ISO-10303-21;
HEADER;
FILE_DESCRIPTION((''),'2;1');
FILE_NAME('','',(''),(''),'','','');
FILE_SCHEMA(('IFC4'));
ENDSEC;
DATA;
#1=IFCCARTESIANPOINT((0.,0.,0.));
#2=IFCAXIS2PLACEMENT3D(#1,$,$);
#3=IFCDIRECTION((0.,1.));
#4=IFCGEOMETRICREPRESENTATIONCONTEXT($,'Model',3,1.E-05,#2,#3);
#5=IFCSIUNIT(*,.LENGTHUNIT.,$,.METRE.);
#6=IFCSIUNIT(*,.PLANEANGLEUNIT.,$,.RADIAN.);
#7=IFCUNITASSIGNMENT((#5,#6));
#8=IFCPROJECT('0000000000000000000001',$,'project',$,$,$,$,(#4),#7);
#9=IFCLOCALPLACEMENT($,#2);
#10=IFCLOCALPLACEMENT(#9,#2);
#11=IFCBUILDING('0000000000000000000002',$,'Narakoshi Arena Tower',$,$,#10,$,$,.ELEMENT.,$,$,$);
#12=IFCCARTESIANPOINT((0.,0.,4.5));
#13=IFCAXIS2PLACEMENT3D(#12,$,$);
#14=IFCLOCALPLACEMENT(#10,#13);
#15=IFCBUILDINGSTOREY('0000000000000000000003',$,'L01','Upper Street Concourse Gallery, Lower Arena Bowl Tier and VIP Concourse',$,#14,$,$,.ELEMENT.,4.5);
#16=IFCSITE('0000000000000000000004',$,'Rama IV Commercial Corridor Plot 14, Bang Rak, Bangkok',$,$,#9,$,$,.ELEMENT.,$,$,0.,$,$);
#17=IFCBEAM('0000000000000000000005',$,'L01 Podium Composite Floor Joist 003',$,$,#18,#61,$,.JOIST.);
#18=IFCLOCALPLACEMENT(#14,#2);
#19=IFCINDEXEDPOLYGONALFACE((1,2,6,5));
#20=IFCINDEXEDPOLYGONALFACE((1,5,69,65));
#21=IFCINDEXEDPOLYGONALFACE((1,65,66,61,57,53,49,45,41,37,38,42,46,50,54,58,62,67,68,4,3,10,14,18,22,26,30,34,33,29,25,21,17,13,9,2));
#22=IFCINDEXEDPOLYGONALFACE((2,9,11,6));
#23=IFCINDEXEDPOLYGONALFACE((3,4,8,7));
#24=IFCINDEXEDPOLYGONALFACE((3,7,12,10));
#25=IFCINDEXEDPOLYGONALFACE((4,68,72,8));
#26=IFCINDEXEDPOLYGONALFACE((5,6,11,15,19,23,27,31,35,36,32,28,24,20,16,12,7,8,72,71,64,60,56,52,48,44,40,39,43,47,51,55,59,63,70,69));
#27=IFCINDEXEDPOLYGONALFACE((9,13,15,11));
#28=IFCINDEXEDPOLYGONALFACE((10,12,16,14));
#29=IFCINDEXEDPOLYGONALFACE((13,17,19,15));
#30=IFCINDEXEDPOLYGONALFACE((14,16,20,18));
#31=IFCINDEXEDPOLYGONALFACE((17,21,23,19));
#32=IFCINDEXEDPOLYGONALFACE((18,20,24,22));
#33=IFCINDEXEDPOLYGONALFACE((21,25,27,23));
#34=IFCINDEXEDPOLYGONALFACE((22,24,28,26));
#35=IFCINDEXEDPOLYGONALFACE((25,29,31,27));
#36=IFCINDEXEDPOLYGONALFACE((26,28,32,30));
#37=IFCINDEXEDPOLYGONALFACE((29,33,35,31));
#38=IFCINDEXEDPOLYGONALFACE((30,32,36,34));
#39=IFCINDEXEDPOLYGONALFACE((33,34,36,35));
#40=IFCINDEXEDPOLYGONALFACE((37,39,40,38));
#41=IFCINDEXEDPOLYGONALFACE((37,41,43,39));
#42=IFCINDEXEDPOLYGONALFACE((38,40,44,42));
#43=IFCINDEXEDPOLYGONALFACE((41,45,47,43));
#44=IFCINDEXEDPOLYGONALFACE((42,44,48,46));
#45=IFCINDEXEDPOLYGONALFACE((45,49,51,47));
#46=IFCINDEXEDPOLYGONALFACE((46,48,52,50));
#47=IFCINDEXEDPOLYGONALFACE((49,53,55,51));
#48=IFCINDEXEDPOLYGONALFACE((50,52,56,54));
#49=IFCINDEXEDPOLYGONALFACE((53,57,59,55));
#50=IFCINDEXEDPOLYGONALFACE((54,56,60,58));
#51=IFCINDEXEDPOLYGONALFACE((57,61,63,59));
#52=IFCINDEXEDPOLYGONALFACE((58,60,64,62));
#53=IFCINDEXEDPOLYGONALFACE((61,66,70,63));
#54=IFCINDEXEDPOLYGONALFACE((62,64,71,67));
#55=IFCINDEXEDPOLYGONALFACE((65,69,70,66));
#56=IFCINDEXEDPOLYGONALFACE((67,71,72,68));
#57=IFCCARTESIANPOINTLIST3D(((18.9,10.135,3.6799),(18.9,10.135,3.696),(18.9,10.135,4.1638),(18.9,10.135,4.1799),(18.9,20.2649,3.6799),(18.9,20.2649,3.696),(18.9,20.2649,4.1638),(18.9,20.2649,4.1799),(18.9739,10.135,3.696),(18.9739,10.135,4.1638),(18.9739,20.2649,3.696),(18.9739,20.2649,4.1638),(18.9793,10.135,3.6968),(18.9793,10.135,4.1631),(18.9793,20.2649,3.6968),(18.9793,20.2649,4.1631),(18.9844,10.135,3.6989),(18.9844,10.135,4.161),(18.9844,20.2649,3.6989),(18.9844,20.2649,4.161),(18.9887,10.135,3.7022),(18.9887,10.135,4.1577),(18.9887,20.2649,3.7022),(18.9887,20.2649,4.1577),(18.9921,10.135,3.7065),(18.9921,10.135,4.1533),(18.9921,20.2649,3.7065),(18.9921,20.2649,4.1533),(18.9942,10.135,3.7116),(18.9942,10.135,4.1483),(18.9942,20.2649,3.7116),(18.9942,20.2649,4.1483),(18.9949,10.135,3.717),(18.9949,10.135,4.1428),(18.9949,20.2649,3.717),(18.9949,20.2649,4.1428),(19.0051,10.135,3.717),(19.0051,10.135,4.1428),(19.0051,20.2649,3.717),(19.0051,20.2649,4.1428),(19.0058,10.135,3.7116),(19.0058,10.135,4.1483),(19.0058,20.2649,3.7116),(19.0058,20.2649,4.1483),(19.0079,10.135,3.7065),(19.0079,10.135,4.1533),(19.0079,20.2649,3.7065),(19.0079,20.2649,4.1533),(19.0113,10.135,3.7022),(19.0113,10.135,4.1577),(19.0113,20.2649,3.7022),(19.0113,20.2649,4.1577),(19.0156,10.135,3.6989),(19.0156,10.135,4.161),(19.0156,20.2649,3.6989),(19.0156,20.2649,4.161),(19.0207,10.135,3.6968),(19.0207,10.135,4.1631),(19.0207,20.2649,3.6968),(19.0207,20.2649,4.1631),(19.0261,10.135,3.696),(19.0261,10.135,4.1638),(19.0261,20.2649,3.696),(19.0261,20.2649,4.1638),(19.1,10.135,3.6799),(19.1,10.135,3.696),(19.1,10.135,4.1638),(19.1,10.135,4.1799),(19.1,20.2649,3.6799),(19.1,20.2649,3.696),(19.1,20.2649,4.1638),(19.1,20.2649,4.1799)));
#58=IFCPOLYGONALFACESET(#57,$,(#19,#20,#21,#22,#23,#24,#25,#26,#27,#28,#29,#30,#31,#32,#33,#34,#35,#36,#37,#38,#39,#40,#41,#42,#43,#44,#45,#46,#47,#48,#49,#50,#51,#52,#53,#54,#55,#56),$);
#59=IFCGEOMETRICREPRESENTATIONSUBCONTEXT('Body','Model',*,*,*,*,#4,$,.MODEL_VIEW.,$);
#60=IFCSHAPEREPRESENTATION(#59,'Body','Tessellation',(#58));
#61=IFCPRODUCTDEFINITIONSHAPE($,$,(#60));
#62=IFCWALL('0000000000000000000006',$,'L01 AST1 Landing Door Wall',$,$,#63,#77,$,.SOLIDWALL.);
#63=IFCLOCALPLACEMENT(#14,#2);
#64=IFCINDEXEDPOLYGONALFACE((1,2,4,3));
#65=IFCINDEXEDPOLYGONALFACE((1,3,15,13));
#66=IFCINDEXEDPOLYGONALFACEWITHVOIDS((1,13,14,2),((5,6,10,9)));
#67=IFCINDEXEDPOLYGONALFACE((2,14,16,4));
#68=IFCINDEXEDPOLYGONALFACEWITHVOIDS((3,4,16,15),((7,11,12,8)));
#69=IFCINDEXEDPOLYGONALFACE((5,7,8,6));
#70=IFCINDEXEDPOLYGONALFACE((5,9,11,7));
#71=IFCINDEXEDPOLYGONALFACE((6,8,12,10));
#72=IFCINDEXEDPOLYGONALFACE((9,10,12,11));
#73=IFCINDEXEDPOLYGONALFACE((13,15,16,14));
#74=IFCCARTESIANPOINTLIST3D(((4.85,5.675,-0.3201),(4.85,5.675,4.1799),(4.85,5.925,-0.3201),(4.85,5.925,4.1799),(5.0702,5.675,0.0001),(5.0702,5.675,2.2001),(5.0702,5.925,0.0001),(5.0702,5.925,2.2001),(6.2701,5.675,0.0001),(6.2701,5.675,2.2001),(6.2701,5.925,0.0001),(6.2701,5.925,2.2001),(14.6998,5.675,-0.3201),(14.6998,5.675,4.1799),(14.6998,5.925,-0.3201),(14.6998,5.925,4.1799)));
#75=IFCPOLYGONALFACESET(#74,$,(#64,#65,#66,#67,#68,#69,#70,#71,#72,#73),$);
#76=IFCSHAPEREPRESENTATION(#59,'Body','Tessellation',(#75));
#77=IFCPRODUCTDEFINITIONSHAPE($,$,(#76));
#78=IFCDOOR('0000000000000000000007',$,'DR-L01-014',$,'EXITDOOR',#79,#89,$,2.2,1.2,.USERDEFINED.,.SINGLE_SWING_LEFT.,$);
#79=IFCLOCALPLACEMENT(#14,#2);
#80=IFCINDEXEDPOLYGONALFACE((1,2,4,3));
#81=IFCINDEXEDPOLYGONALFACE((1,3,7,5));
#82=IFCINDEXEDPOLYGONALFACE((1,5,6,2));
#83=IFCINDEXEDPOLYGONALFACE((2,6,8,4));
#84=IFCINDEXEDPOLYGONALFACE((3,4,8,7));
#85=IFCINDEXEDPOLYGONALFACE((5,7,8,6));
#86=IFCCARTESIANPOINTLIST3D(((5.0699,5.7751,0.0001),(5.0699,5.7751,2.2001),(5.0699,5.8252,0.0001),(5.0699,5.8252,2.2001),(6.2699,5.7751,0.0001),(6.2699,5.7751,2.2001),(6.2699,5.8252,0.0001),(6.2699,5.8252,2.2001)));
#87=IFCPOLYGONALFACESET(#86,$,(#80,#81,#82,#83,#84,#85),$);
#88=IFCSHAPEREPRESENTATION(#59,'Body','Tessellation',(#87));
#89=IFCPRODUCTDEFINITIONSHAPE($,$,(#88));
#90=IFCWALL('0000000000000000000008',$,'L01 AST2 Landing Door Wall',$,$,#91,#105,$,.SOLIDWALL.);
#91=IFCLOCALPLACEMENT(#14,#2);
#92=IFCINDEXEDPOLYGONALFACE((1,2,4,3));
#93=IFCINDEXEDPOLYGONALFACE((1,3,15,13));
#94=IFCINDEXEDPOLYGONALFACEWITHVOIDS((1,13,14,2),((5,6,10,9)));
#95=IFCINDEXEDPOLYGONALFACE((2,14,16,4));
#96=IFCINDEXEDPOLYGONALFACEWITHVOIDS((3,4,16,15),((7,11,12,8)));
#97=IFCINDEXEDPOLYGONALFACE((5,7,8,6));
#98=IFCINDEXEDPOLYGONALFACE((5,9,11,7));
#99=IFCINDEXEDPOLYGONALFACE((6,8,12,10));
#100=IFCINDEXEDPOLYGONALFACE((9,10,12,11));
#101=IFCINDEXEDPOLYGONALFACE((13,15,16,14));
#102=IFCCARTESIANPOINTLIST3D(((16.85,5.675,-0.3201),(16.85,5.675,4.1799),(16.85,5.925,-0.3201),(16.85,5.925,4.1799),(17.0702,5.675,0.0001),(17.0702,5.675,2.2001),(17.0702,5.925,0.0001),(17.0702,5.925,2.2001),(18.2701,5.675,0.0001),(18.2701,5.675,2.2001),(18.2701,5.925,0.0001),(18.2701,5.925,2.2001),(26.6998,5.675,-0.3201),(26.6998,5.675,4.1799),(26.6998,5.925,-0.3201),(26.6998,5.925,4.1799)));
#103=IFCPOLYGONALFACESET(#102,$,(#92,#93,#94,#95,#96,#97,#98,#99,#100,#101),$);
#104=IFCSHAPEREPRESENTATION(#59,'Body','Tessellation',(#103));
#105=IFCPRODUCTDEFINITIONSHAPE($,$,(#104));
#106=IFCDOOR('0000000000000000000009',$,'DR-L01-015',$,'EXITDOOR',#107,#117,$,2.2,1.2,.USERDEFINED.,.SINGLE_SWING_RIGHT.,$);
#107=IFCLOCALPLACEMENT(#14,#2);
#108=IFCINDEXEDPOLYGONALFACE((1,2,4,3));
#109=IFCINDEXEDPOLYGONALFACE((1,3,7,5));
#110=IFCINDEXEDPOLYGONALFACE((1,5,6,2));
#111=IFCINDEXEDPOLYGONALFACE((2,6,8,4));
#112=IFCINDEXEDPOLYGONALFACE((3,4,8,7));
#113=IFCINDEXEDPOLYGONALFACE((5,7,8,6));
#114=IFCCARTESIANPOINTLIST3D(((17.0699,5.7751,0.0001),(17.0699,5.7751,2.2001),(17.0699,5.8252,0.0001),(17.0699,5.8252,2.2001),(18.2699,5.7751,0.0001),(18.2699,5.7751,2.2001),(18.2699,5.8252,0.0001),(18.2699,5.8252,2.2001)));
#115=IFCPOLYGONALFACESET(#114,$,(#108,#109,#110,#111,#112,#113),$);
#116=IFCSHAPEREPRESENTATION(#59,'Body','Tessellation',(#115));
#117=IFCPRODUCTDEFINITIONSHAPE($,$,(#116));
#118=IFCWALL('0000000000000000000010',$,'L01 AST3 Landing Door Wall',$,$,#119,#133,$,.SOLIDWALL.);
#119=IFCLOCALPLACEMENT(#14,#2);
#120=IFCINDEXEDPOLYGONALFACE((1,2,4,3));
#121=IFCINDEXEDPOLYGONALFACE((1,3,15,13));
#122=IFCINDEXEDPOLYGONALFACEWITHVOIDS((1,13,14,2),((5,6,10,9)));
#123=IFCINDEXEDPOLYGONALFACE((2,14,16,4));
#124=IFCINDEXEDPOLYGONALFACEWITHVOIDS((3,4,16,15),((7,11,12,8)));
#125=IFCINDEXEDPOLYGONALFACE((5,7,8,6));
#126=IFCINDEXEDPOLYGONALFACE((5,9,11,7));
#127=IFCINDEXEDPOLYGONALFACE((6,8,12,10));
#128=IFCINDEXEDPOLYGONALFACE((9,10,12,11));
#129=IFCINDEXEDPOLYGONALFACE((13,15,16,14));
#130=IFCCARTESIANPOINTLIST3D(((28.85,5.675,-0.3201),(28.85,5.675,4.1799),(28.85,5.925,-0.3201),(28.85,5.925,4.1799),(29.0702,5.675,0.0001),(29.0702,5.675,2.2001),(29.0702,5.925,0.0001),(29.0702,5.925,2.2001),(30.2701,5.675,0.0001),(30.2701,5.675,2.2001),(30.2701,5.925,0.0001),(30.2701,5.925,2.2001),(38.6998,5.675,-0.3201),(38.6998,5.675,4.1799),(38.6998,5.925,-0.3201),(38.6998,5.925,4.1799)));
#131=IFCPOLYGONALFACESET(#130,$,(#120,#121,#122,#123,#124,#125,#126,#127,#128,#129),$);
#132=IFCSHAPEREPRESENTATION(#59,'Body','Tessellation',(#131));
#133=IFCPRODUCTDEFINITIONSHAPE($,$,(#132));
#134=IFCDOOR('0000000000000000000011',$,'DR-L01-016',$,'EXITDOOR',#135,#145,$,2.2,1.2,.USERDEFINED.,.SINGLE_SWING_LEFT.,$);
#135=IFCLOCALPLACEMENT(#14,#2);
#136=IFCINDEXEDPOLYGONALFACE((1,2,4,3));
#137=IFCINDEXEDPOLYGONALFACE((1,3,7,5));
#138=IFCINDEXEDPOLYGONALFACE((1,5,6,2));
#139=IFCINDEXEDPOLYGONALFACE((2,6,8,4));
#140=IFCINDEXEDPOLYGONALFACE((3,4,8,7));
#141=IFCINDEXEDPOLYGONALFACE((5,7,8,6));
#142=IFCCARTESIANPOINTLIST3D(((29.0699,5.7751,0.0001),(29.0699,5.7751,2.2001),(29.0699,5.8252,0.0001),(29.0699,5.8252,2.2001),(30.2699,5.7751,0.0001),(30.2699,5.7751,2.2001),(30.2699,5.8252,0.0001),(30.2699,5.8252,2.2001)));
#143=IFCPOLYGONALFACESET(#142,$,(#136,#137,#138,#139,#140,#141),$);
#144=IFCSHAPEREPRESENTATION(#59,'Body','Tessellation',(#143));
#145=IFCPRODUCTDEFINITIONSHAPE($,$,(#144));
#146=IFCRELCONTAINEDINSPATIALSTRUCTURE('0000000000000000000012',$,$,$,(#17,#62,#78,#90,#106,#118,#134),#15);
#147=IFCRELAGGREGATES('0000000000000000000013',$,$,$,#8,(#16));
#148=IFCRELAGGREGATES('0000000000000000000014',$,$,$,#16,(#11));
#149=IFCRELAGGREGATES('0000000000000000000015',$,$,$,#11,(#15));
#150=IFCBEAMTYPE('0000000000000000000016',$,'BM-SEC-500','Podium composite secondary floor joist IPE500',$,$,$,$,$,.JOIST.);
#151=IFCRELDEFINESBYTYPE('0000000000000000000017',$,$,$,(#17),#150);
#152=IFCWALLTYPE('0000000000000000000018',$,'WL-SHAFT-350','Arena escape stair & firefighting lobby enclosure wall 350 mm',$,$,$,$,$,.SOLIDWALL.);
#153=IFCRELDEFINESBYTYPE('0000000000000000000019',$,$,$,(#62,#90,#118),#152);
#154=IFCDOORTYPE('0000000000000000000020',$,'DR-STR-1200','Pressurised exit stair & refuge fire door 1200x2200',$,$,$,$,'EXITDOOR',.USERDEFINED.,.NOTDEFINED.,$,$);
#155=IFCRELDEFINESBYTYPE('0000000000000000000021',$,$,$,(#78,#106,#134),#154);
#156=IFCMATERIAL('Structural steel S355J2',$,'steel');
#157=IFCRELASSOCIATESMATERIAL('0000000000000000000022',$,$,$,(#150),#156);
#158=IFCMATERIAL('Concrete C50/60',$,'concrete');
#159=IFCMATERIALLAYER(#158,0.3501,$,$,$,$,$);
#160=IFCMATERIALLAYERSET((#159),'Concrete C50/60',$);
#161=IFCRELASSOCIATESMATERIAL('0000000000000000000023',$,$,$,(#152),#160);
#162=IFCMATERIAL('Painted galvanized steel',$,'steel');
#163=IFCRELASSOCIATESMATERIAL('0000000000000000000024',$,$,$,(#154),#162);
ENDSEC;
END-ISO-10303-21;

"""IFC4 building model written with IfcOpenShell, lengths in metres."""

from ifc_helpers import new_model, si_unit, direction, frame, frame_2d, origin, origin_2d, place, context, subcontext, project, spatial, rectangle, i_section, extrude, material, layer, layer_set, material_profile, profile_set, type_object, element, fill, save


model = new_model("IFC4")

# Units and contexts
model_context = context("Model", 3, precision=1e-05, world=origin(), true_north=direction((0.0, 1.0)))
body_context = subcontext(model_context, "Body", "Model", "MODEL_VIEW")
ifc_project = project(units=[si_unit("LENGTHUNIT", "METRE"), si_unit("PLANEANGLEUNIT", "RADIAN")], contexts=[model_context])

# Site, building, storey
site_placement = place(None, origin())
site = spatial("IfcSite", under=ifc_project, at=site_placement, Name="Rama IV Commercial Corridor Plot 14, Bang Rak, Bangkok", CompositionType="ELEMENT", RefElevation=0.0)
building_placement = place(site_placement, origin())
building = spatial("IfcBuilding", under=site, at=building_placement, Name="Narakoshi Arena Tower", CompositionType="ELEMENT")
storey_placement = place(building_placement, frame((0.0, 0.0, 4.5)))
storey = spatial("IfcBuildingStorey", under=building, at=storey_placement, Name="L01", Description="Upper Street Concourse Gallery, Lower Arena Bowl Tier and VIP Concourse", CompositionType="ELEMENT", Elevation=4.5)

# Beam
ifc_material_1 = material(Name="Structural steel S355J2", Category="steel")
ifc_material_profile_1 = material_profile(ifc_material_1, i_section(OverallWidth=0.2, OverallDepth=0.5, WebThickness=0.0103, FlangeThickness=0.0161, FilletRadius=0.021, at=origin_2d()), Name="IPE500")
ifc_profile_set_1 = profile_set([ifc_material_profile_1], Name="Structural steel S355J2")
beam_type_1 = type_object("IfcBeamType", Name="BM-SEC-500", Description="Podium composite secondary floor joist IPE500", PredefinedType="JOIST", material=ifc_profile_set_1)
for number, where, z_axis, x_axis, name in (
    (1, (19.0, 10.135, 3.9299), (0.0, 1.0, 0.0), (-1.0, 0.0, 0.0), "L01 Podium Composite Floor Joist 003"),
):
    element("IfcBeam", number, at=place(storey_placement, frame(where, z_axis=z_axis, x_axis=x_axis)), inside=storey, type_object=beam_type_1, Name=name, PredefinedType="JOIST", context=body_context, shape_type="SweptSolid", body=[
        extrude(i_section(OverallWidth=0.2, OverallDepth=0.5, WebThickness=0.0103, FlangeThickness=0.0161, FilletRadius=0.021, at=origin_2d()), origin(), (0.0, 0.0, 1.0), 10.1299),
    ])

# Walls, openings, doors
ifc_material_2 = material(Name="Concrete C50/60", Category="concrete")
ifc_layer = layer(ifc_material_2, 0.3501)
ifc_layer_set = layer_set([ifc_layer], Name="Concrete C50/60")
wall_type = type_object("IfcWallType", Name="WL-SHAFT-350", Description="Arena escape stair & firefighting lobby enclosure wall 350 mm", PredefinedType="SOLIDWALL", material=ifc_layer_set)
wall_1_placement = place(storey_placement, frame((4.8501, 5.8, -0.3201), z_axis=(0.0, 0.0, 1.0), x_axis=(1.0, 0.0, 0.0)))
wall_1 = element("IfcWall", 2, at=wall_1_placement, inside=storey, type_object=wall_type, Name="L01 AST1 Landing Door Wall", PredefinedType="SOLIDWALL", context=body_context, shape_type="SweptSolid", body=[
    extrude(rectangle(XDim=9.8499, YDim=0.25, at=frame_2d((4.9248, 0.0))), origin(), (0.0, 0.0, 1.0), 4.5),
])
opening_1_placement = place(wall_1_placement, frame((0.22, 0.0, 0.3201)))
opening_1 = element("IfcOpeningElement", 3, at=opening_1_placement, cuts=wall_1, PredefinedType="OPENING", context=body_context, shape_type="SweptSolid", body=[
    extrude(rectangle(XDim=1.2, YDim=2.2, at=frame_2d((0.6001, 1.1001))), frame((0.0, 0.135, 0.0), z_axis=(0.0, -1.0, 0.0), x_axis=(1.0, 0.0, 0.0)), (0.0, 0.0, 1.0), 0.27),
])
ifc_material_3 = material(Name="Painted galvanized steel", Category="steel")
door_type = type_object("IfcDoorType", Name="DR-STR-1200", Description="Pressurised exit stair & refuge fire door 1200x2200", ElementType="EXITDOOR", OperationType="NOTDEFINED", PredefinedType="USERDEFINED", material=ifc_material_3)
door_1_placement = place(opening_1_placement, frame((1.2, 0.0, 0.0), z_axis=(0.0, 0.0, 1.0), x_axis=(-1.0, 0.0, 0.0)))
door_1 = element("IfcDoor", 4, at=door_1_placement, inside=storey, type_object=door_type, Name="DR-L01-014", ObjectType="EXITDOOR", OperationType="SINGLE_SWING_LEFT", OverallHeight=2.2, OverallWidth=1.2, PredefinedType="USERDEFINED", context=body_context, shape_type="SweptSolid", body=[
    extrude(rectangle(XDim=1.2, YDim=2.2, at=frame_2d((0.6001, 1.1001))), frame((0.0, 0.0249, 0.0), z_axis=(0.0, -1.0, 0.0), x_axis=(1.0, 0.0, 0.0)), (0.0, 0.0, 1.0), 0.05),
])
fill(opening_1, door_1)
wall_2_placement = place(storey_placement, frame((16.8501, 5.8, -0.3201), z_axis=(0.0, 0.0, 1.0), x_axis=(1.0, 0.0, 0.0)))
wall_2 = element("IfcWall", 5, at=wall_2_placement, inside=storey, type_object=wall_type, Name="L01 AST2 Landing Door Wall", PredefinedType="SOLIDWALL", context=body_context, shape_type="SweptSolid", body=[
    extrude(rectangle(XDim=9.8499, YDim=0.25, at=frame_2d((4.9248, 0.0))), origin(), (0.0, 0.0, 1.0), 4.5),
])
opening_2_placement = place(wall_2_placement, frame((0.22, 0.0, 0.3201)))
opening_2 = element("IfcOpeningElement", 6, at=opening_2_placement, cuts=wall_2, PredefinedType="OPENING", context=body_context, shape_type="SweptSolid", body=[
    extrude(rectangle(XDim=1.2, YDim=2.2, at=frame_2d((0.6001, 1.1001))), frame((0.0, 0.135, 0.0), z_axis=(0.0, -1.0, 0.0), x_axis=(1.0, 0.0, 0.0)), (0.0, 0.0, 1.0), 0.27),
])
door_2_placement = place(opening_2_placement, frame((1.2, 0.0, 0.0), z_axis=(0.0, 0.0, 1.0), x_axis=(-1.0, 0.0, 0.0)))
door_2 = element("IfcDoor", 7, at=door_2_placement, inside=storey, type_object=door_type, Name="DR-L01-015", ObjectType="EXITDOOR", OperationType="SINGLE_SWING_RIGHT", OverallHeight=2.2, OverallWidth=1.2, PredefinedType="USERDEFINED", context=body_context, shape_type="SweptSolid", body=[
    extrude(rectangle(XDim=1.2, YDim=2.2, at=frame_2d((0.6001, 1.1001))), frame((0.0, 0.0249, 0.0), z_axis=(0.0, -1.0, 0.0), x_axis=(1.0, 0.0, 0.0)), (0.0, 0.0, 1.0), 0.05),
])
fill(opening_2, door_2)
wall_3_placement = place(storey_placement, frame((28.8501, 5.8, -0.3201), z_axis=(0.0, 0.0, 1.0), x_axis=(1.0, 0.0, 0.0)))
wall_3 = element("IfcWall", 8, at=wall_3_placement, inside=storey, type_object=wall_type, Name="L01 AST3 Landing Door Wall", PredefinedType="SOLIDWALL", context=body_context, shape_type="SweptSolid", body=[
    extrude(rectangle(XDim=9.8499, YDim=0.25, at=frame_2d((4.9248, 0.0))), origin(), (0.0, 0.0, 1.0), 4.5),
])
opening_3_placement = place(wall_3_placement, frame((0.22, 0.0, 0.3201)))
opening_3 = element("IfcOpeningElement", 9, at=opening_3_placement, cuts=wall_3, PredefinedType="OPENING", context=body_context, shape_type="SweptSolid", body=[
    extrude(rectangle(XDim=1.2, YDim=2.2, at=frame_2d((0.6001, 1.1001))), frame((0.0, 0.135, 0.0), z_axis=(0.0, -1.0, 0.0), x_axis=(1.0, 0.0, 0.0)), (0.0, 0.0, 1.0), 0.27),
])
door_3_placement = place(opening_3_placement, frame((1.2, 0.0, 0.0), z_axis=(0.0, 0.0, 1.0), x_axis=(-1.0, 0.0, 0.0)))
door_3 = element("IfcDoor", 10, at=door_3_placement, inside=storey, type_object=door_type, Name="DR-L01-016", ObjectType="EXITDOOR", OperationType="SINGLE_SWING_LEFT", OverallHeight=2.2, OverallWidth=1.2, PredefinedType="USERDEFINED", context=body_context, shape_type="SweptSolid", body=[
    extrude(rectangle(XDim=1.2, YDim=2.2, at=frame_2d((0.6001, 1.1001))), frame((0.0, 0.0249, 0.0), z_axis=(0.0, -1.0, 0.0), x_axis=(1.0, 0.0, 0.0)), (0.0, 0.0, 1.0), 0.05),
])
fill(opening_3, door_3)

save(model, "model.ifc")
